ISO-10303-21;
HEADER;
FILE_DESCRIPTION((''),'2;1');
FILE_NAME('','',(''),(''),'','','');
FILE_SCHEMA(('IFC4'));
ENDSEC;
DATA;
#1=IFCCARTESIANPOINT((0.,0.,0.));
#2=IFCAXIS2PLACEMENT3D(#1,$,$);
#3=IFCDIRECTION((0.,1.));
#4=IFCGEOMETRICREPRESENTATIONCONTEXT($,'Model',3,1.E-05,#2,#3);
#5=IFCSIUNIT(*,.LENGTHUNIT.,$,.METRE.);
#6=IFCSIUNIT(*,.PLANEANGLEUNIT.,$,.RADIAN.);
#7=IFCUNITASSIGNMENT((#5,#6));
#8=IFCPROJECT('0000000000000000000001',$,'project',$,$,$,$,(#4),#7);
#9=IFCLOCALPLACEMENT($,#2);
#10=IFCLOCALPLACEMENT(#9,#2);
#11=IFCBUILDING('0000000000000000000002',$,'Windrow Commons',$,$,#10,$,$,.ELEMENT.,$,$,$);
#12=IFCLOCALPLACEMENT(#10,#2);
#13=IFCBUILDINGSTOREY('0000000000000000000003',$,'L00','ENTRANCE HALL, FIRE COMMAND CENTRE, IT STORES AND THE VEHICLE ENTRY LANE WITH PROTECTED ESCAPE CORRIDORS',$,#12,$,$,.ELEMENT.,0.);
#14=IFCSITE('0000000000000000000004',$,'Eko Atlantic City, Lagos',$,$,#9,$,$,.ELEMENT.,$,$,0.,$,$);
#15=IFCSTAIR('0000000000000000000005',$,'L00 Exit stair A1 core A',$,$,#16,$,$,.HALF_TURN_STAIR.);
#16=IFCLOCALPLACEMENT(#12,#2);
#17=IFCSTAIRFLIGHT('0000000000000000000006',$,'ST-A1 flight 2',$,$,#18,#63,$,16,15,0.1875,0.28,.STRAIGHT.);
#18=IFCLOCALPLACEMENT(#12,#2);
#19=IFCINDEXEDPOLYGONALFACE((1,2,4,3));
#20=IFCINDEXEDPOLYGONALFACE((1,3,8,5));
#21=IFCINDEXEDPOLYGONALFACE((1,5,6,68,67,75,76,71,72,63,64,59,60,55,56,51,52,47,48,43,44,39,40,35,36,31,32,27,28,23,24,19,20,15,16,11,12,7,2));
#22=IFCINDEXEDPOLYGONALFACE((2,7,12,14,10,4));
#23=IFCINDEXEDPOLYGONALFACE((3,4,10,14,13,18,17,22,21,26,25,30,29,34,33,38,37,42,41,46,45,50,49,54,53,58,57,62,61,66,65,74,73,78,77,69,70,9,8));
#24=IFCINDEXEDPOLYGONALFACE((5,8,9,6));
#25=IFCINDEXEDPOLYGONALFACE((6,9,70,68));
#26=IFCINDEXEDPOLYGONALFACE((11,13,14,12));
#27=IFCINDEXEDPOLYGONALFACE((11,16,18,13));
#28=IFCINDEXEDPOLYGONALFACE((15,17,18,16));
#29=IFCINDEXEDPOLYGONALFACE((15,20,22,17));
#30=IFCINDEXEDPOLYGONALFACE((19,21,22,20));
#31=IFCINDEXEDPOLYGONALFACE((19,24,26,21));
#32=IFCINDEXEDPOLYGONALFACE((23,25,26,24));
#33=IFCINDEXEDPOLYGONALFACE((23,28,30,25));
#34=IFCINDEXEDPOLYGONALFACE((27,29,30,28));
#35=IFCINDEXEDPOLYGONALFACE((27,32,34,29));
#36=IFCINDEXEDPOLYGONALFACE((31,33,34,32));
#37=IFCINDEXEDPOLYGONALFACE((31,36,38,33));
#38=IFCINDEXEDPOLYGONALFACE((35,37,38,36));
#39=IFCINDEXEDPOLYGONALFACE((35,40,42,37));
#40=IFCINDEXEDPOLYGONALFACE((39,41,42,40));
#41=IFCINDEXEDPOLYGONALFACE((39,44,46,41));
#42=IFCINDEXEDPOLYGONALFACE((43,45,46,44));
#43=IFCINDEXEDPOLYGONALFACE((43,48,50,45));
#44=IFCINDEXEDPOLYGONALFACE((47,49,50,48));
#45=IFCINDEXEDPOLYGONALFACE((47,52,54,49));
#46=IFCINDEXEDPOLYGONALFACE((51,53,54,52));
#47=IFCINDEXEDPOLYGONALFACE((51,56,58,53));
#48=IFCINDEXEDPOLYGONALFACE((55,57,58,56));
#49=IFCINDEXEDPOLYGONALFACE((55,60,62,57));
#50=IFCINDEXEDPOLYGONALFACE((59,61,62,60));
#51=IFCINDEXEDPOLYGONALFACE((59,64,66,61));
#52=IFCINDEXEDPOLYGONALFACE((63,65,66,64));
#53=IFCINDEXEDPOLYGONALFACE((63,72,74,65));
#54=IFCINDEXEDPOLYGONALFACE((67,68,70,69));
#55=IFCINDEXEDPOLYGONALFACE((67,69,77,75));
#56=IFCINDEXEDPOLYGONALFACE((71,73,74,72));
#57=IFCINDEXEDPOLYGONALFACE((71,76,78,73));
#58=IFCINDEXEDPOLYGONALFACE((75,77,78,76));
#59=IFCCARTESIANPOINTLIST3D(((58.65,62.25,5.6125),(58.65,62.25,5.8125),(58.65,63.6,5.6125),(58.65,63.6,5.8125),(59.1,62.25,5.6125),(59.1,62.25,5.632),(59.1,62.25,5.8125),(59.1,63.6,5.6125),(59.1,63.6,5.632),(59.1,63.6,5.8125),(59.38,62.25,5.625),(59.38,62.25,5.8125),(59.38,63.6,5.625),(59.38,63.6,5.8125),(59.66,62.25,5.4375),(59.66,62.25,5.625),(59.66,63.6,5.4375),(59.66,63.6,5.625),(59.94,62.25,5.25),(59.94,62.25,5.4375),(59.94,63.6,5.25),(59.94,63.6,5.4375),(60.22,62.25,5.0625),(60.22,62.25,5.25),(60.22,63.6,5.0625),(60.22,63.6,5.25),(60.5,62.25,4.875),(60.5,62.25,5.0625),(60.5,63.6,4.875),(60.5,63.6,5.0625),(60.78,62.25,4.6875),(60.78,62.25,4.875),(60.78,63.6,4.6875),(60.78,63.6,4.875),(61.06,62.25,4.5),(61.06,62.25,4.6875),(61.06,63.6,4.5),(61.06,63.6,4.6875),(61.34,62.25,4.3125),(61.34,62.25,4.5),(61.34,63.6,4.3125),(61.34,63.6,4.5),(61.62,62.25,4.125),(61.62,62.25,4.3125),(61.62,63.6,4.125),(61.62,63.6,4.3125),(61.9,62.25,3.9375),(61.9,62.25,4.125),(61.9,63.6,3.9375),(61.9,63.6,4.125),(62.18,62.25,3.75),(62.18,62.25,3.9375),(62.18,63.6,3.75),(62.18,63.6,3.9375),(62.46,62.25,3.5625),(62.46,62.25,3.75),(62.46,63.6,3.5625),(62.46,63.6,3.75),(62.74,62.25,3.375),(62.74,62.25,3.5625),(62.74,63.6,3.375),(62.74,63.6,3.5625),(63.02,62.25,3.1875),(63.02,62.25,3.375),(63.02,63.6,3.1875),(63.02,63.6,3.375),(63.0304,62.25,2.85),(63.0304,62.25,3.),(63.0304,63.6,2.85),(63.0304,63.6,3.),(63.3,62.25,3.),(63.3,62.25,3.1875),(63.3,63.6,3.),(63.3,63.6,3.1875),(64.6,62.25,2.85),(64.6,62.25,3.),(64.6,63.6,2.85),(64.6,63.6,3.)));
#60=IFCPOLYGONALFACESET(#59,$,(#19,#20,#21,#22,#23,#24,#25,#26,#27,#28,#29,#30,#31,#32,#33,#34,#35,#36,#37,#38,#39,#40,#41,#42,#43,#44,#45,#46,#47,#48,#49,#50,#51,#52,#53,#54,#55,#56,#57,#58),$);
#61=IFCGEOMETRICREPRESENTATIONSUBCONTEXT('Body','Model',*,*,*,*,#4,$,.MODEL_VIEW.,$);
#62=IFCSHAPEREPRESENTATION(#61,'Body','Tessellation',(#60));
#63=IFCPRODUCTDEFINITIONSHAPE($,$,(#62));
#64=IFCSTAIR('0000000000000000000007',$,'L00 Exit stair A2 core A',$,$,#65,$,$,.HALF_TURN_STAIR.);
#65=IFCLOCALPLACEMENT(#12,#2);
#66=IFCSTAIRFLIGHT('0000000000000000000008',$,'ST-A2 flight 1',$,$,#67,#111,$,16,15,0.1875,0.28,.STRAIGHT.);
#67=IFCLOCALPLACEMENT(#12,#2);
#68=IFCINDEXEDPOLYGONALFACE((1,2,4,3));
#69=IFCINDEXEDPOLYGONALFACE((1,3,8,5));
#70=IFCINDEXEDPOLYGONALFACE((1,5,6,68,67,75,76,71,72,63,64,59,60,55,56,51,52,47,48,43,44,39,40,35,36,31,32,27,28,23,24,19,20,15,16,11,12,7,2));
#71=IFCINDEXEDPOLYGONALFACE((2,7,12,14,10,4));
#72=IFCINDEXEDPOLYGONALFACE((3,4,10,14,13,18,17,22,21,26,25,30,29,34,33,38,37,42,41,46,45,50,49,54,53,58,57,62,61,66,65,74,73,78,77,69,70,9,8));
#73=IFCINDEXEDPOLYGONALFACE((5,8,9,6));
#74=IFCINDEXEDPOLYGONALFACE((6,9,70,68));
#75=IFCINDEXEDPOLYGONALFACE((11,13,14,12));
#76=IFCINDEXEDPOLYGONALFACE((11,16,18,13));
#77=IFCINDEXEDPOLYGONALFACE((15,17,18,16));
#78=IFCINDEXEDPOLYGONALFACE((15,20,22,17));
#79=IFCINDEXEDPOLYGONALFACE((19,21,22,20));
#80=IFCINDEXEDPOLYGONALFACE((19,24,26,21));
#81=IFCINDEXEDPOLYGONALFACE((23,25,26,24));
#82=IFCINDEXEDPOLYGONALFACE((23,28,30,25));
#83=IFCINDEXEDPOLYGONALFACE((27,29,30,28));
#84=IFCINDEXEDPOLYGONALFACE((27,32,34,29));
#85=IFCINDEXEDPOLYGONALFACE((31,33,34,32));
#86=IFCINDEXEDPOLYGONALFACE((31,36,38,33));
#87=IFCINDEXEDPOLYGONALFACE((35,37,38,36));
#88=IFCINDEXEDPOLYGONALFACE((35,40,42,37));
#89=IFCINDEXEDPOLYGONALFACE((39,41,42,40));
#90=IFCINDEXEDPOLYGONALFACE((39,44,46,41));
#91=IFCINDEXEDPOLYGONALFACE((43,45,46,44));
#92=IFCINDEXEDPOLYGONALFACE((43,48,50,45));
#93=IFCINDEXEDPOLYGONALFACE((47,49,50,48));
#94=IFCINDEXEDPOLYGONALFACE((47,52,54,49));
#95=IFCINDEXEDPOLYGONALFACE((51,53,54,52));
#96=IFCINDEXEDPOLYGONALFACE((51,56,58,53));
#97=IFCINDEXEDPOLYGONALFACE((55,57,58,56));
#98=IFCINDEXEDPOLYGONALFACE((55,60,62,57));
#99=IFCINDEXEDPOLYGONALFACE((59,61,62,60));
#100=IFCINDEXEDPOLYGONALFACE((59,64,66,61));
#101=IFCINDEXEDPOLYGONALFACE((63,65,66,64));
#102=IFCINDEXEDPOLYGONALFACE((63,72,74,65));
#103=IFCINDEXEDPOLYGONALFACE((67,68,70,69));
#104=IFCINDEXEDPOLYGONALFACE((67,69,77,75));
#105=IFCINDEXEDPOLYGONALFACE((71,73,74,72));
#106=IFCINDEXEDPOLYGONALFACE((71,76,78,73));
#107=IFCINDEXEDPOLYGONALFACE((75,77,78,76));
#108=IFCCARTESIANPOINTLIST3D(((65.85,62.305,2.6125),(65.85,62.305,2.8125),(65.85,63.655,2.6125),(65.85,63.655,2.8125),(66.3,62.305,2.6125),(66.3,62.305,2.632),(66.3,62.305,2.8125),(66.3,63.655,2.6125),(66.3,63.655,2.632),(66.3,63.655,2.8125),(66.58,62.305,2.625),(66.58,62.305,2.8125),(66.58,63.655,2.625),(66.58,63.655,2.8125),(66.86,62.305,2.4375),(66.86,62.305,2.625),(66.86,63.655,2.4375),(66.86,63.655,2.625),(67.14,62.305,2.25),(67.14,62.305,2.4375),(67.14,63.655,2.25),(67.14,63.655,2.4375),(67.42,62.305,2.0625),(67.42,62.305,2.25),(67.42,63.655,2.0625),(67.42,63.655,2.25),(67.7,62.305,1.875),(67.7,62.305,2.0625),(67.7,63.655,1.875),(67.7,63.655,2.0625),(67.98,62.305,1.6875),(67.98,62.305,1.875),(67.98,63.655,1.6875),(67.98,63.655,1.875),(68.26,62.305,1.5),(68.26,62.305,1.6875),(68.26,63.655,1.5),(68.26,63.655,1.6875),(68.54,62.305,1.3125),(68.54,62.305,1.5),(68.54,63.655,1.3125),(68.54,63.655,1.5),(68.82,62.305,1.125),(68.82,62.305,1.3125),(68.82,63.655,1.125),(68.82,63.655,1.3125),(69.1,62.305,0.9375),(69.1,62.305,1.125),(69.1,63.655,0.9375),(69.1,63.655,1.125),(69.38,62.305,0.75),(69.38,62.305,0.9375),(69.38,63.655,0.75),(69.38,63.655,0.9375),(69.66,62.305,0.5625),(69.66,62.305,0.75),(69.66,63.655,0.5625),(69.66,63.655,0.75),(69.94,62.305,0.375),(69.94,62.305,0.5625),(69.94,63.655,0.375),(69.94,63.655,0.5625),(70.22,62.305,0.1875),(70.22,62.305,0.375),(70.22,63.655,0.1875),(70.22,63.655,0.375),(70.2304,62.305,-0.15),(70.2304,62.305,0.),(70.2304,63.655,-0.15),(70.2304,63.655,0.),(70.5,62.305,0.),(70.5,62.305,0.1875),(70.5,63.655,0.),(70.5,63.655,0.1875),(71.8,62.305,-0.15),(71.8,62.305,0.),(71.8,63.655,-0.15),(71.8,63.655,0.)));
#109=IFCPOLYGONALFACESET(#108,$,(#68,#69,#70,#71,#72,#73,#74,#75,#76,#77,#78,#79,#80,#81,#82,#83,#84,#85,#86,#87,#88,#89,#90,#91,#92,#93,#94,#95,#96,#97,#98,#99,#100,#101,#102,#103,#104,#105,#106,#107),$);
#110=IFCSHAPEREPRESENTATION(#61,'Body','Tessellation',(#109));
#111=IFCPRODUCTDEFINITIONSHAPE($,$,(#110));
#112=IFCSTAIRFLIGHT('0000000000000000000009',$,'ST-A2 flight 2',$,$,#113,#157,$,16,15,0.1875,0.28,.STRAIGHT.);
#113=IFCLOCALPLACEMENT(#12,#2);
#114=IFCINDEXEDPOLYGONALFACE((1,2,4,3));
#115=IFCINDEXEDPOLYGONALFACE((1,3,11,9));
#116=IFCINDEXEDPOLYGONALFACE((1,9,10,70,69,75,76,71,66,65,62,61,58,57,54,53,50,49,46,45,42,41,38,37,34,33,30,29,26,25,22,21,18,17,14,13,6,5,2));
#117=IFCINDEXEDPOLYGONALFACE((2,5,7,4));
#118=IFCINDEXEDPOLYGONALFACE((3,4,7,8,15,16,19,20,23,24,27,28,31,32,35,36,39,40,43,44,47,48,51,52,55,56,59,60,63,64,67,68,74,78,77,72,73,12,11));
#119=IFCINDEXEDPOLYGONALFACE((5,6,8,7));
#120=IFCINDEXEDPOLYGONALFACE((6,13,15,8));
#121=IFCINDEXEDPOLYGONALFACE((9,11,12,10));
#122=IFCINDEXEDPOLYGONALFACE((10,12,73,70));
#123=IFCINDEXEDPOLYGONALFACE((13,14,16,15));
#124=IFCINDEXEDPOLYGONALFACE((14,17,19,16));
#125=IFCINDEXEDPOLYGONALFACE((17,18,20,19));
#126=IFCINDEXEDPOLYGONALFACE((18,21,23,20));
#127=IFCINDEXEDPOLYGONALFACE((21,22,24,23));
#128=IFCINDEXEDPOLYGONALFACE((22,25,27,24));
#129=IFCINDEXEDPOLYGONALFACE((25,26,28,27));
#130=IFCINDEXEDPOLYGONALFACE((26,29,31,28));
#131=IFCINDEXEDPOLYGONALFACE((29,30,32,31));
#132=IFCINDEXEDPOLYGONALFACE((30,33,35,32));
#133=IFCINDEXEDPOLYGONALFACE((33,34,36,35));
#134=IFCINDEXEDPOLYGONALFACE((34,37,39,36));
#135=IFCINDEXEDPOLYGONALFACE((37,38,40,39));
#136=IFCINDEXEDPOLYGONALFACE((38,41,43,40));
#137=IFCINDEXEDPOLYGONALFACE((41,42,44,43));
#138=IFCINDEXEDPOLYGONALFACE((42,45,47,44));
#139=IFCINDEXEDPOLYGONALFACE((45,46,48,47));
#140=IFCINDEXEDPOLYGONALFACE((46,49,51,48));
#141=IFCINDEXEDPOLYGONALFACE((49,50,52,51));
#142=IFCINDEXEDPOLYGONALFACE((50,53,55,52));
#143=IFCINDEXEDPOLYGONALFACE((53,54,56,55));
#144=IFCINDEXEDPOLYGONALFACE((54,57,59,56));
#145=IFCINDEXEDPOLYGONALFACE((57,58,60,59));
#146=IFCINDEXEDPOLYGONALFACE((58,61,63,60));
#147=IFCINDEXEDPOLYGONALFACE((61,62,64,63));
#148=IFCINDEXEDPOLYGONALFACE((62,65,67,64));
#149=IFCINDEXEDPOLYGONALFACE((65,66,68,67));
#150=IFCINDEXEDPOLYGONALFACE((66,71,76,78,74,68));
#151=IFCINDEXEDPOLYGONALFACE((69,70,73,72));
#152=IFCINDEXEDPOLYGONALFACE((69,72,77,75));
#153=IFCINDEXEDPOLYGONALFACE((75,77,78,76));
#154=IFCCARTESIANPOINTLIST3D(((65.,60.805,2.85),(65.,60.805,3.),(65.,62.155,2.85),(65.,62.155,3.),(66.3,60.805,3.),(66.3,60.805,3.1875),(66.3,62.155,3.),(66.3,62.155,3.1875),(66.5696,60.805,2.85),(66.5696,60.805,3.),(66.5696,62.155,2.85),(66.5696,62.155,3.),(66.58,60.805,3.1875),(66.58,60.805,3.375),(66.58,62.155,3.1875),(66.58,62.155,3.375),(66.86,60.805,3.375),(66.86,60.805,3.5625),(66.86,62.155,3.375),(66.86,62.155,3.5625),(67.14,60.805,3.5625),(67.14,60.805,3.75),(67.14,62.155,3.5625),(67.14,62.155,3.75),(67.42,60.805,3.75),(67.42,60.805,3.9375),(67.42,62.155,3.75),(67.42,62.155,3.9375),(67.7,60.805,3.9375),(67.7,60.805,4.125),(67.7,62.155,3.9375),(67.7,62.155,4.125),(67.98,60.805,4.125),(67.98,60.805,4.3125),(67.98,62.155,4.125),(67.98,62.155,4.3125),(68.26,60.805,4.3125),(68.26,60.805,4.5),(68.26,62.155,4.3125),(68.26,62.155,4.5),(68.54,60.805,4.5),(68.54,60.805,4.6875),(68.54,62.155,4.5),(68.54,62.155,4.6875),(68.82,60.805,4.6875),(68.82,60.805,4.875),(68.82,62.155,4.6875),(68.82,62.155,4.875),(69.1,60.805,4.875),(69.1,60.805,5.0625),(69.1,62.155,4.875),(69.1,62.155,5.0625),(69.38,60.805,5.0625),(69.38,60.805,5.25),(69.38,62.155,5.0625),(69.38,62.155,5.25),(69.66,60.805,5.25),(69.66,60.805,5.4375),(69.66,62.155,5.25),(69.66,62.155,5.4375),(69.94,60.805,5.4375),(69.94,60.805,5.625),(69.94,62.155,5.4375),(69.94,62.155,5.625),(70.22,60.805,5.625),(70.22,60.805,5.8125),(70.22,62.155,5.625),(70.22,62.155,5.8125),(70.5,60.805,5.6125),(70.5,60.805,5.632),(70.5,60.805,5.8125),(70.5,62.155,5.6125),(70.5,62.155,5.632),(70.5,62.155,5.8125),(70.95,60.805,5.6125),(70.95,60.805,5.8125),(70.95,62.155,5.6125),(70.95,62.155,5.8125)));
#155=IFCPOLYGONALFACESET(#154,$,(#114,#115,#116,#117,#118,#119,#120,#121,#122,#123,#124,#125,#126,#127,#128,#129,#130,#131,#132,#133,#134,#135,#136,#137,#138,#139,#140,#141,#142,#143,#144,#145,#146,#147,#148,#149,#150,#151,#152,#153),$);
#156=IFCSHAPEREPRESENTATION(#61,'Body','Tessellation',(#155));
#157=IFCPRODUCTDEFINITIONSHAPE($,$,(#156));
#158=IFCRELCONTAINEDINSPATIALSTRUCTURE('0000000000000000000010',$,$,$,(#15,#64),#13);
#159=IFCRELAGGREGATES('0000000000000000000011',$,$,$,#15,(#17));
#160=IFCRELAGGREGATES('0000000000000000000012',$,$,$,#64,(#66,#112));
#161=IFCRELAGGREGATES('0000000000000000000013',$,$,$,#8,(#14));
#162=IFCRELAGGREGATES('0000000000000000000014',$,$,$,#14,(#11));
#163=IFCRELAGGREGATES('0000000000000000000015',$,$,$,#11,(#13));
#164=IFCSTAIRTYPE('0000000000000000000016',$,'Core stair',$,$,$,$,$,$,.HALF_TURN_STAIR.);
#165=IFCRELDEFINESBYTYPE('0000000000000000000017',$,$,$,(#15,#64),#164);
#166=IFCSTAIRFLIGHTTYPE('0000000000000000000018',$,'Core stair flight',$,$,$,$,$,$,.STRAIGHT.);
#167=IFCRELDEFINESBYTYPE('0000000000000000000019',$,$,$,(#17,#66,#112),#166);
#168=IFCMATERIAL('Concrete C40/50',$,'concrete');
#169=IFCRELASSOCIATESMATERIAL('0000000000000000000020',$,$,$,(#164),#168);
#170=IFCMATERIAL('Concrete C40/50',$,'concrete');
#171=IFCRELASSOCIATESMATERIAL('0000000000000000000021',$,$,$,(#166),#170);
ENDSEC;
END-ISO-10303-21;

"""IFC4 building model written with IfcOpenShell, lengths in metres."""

from ifc_helpers import new_model, si_unit, direction, frame, origin, place, context, subcontext, project, spatial, polyline, outline, extrude, material, type_object, element, aggregate, save


model = new_model("IFC4")

# Units and contexts
model_context = context("Model", 3, precision=1e-05, world=origin(), true_north=direction((0.0, 1.0)))
body_context = subcontext(model_context, "Body", "Model", "MODEL_VIEW")
ifc_project = project(units=[si_unit("LENGTHUNIT", "METRE"), si_unit("PLANEANGLEUNIT", "RADIAN")], contexts=[model_context])

# Site, building, storey
site_placement = place(None, origin())
site = spatial("IfcSite", under=ifc_project, at=site_placement, Name="Eko Atlantic City, Lagos", CompositionType="ELEMENT", RefElevation=0.0)
building_placement = place(site_placement, origin())
building = spatial("IfcBuilding", under=site, at=building_placement, Name="Windrow Commons", CompositionType="ELEMENT")
storey_placement = place(building_placement, origin())
storey = spatial("IfcBuildingStorey", under=building, at=storey_placement, Name="L00", Description="ENTRANCE HALL, FIRE COMMAND CENTRE, IT STORES AND THE VEHICLE ENTRY LANE WITH PROTECTED ESCAPE CORRIDORS", CompositionType="ELEMENT", Elevation=0.0)

# Stairs, stair flights
ifc_material_1 = material(Name="Concrete C40/50", Category="concrete")
stair_type = type_object("IfcStairType", Name="Core stair", PredefinedType="HALF_TURN_STAIR", material=ifc_material_1)
placement = place(storey_placement, origin())
stair_1 = element("IfcStair", 1, at=placement, inside=storey, type_object=stair_type, Name="L00 Exit stair A1 core A", PredefinedType="HALF_TURN_STAIR")
ifc_material_2 = material(Name="Concrete C40/50", Category="concrete")
stair_flight_type = type_object("IfcStairFlightType", Name="Core stair flight", PredefinedType="STRAIGHT", material=ifc_material_2)
stair_flight_1_placement = place(storey_placement, frame((63.3, 62.925, 3.0), z_axis=(0.0, 0.0, 1.0), x_axis=(-1.0, 0.0, 0.0)))
stair_flight_1 = element("IfcStairFlight", 2, at=stair_flight_1_placement, type_object=stair_flight_type, Name="ST-A1 flight 2", NumberOfRisers=16, NumberOfTreads=15, PredefinedType="STRAIGHT", RiserHeight=0.1875, TreadLength=0.28, context=body_context, shape_type="SweptSolid", body=[
    extrude(outline(polyline([(-1.3, -0.15), (-1.3, 0.0), (0.0, 0.0), (0.0, 0.1875), (0.28, 0.1875), (0.28, 0.375), (0.56, 0.375), (0.56, 0.5625), (0.84, 0.5625), (0.84, 0.75), (1.12, 0.75), (1.12, 0.9375), (1.4, 0.9375), (1.4, 1.125), (1.68, 1.125), (1.68, 1.3125), (1.96, 1.3125), (1.96, 1.5), (2.24, 1.5), (2.24, 1.6875), (2.52, 1.6875), (2.52, 1.875), (2.8, 1.875), (2.8, 2.0625), (3.08, 2.0625), (3.08, 2.25), (3.36, 2.25), (3.36, 2.4375), (3.64, 2.4375), (3.64, 2.625), (3.92, 2.625), (3.92, 2.8125), (4.2, 2.8125), (4.65, 2.8125), (4.65, 2.6125), (4.2, 2.6125), (4.2, 2.632), (0.2696, 0.0), (0.2696, -0.15), (-1.3, -0.15)])), frame((0.0, 0.675, 0.0), z_axis=(0.0, -1.0, 0.0), x_axis=(1.0, 0.0, 0.0)), (0.0, 0.0, 1.0), 1.35),
])
aggregate(stair_1, [stair_flight_1])
stair_2 = element("IfcStair", 3, at=placement, inside=storey, type_object=stair_type, Name="L00 Exit stair A2 core A", PredefinedType="HALF_TURN_STAIR")
stair_flight_2_placement = place(storey_placement, frame((70.5, 62.98, 0.0), z_axis=(0.0, 0.0, 1.0), x_axis=(-1.0, 0.0, 0.0)))
stair_flight_2 = element("IfcStairFlight", 4, at=stair_flight_2_placement, type_object=stair_flight_type, Name="ST-A2 flight 1", NumberOfRisers=16, NumberOfTreads=15, PredefinedType="STRAIGHT", RiserHeight=0.1875, TreadLength=0.28, context=body_context, shape_type="SweptSolid", body=[
    extrude(outline(polyline([(-1.3, -0.15), (-1.3, 0.0), (0.0, 0.0), (0.0, 0.1875), (0.28, 0.1875), (0.28, 0.375), (0.56, 0.375), (0.56, 0.5625), (0.84, 0.5625), (0.84, 0.75), (1.12, 0.75), (1.12, 0.9375), (1.4, 0.9375), (1.4, 1.125), (1.68, 1.125), (1.68, 1.3125), (1.96, 1.3125), (1.96, 1.5), (2.24, 1.5), (2.24, 1.6875), (2.52, 1.6875), (2.52, 1.875), (2.8, 1.875), (2.8, 2.0625), (3.08, 2.0625), (3.08, 2.25), (3.36, 2.25), (3.36, 2.4375), (3.64, 2.4375), (3.64, 2.625), (3.92, 2.625), (3.92, 2.8125), (4.2, 2.8125), (4.65, 2.8125), (4.65, 2.6125), (4.2, 2.6125), (4.2, 2.632), (0.2696, 0.0), (0.2696, -0.15), (-1.3, -0.15)])), frame((0.0, 0.675, 0.0), z_axis=(0.0, -1.0, 0.0), x_axis=(1.0, 0.0, 0.0)), (0.0, 0.0, 1.0), 1.35),
])
stair_flight_3_placement = place(storey_placement, frame((66.3, 61.48, 3.0), z_axis=(0.0, 0.0, 1.0), x_axis=(1.0, 0.0, 0.0)))
stair_flight_3 = element("IfcStairFlight", 5, at=stair_flight_3_placement, type_object=stair_flight_type, Name="ST-A2 flight 2", NumberOfRisers=16, NumberOfTreads=15, PredefinedType="STRAIGHT", RiserHeight=0.1875, TreadLength=0.28, context=body_context, shape_type="SweptSolid", body=[
    extrude(outline(polyline([(-1.3, -0.15), (-1.3, 0.0), (0.0, 0.0), (0.0, 0.1875), (0.28, 0.1875), (0.28, 0.375), (0.56, 0.375), (0.56, 0.5625), (0.84, 0.5625), (0.84, 0.75), (1.12, 0.75), (1.12, 0.9375), (1.4, 0.9375), (1.4, 1.125), (1.68, 1.125), (1.68, 1.3125), (1.96, 1.3125), (1.96, 1.5), (2.24, 1.5), (2.24, 1.6875), (2.52, 1.6875), (2.52, 1.875), (2.8, 1.875), (2.8, 2.0625), (3.08, 2.0625), (3.08, 2.25), (3.36, 2.25), (3.36, 2.4375), (3.64, 2.4375), (3.64, 2.625), (3.92, 2.625), (3.92, 2.8125), (4.2, 2.8125), (4.65, 2.8125), (4.65, 2.6125), (4.2, 2.6125), (4.2, 2.632), (0.2696, 0.0), (0.2696, -0.15), (-1.3, -0.15)])), frame((0.0, 0.675, 0.0), z_axis=(0.0, -1.0, 0.0), x_axis=(1.0, 0.0, 0.0)), (0.0, 0.0, 1.0), 1.35),
])
aggregate(stair_2, [stair_flight_2, stair_flight_3])

save(model, "model.ifc")
